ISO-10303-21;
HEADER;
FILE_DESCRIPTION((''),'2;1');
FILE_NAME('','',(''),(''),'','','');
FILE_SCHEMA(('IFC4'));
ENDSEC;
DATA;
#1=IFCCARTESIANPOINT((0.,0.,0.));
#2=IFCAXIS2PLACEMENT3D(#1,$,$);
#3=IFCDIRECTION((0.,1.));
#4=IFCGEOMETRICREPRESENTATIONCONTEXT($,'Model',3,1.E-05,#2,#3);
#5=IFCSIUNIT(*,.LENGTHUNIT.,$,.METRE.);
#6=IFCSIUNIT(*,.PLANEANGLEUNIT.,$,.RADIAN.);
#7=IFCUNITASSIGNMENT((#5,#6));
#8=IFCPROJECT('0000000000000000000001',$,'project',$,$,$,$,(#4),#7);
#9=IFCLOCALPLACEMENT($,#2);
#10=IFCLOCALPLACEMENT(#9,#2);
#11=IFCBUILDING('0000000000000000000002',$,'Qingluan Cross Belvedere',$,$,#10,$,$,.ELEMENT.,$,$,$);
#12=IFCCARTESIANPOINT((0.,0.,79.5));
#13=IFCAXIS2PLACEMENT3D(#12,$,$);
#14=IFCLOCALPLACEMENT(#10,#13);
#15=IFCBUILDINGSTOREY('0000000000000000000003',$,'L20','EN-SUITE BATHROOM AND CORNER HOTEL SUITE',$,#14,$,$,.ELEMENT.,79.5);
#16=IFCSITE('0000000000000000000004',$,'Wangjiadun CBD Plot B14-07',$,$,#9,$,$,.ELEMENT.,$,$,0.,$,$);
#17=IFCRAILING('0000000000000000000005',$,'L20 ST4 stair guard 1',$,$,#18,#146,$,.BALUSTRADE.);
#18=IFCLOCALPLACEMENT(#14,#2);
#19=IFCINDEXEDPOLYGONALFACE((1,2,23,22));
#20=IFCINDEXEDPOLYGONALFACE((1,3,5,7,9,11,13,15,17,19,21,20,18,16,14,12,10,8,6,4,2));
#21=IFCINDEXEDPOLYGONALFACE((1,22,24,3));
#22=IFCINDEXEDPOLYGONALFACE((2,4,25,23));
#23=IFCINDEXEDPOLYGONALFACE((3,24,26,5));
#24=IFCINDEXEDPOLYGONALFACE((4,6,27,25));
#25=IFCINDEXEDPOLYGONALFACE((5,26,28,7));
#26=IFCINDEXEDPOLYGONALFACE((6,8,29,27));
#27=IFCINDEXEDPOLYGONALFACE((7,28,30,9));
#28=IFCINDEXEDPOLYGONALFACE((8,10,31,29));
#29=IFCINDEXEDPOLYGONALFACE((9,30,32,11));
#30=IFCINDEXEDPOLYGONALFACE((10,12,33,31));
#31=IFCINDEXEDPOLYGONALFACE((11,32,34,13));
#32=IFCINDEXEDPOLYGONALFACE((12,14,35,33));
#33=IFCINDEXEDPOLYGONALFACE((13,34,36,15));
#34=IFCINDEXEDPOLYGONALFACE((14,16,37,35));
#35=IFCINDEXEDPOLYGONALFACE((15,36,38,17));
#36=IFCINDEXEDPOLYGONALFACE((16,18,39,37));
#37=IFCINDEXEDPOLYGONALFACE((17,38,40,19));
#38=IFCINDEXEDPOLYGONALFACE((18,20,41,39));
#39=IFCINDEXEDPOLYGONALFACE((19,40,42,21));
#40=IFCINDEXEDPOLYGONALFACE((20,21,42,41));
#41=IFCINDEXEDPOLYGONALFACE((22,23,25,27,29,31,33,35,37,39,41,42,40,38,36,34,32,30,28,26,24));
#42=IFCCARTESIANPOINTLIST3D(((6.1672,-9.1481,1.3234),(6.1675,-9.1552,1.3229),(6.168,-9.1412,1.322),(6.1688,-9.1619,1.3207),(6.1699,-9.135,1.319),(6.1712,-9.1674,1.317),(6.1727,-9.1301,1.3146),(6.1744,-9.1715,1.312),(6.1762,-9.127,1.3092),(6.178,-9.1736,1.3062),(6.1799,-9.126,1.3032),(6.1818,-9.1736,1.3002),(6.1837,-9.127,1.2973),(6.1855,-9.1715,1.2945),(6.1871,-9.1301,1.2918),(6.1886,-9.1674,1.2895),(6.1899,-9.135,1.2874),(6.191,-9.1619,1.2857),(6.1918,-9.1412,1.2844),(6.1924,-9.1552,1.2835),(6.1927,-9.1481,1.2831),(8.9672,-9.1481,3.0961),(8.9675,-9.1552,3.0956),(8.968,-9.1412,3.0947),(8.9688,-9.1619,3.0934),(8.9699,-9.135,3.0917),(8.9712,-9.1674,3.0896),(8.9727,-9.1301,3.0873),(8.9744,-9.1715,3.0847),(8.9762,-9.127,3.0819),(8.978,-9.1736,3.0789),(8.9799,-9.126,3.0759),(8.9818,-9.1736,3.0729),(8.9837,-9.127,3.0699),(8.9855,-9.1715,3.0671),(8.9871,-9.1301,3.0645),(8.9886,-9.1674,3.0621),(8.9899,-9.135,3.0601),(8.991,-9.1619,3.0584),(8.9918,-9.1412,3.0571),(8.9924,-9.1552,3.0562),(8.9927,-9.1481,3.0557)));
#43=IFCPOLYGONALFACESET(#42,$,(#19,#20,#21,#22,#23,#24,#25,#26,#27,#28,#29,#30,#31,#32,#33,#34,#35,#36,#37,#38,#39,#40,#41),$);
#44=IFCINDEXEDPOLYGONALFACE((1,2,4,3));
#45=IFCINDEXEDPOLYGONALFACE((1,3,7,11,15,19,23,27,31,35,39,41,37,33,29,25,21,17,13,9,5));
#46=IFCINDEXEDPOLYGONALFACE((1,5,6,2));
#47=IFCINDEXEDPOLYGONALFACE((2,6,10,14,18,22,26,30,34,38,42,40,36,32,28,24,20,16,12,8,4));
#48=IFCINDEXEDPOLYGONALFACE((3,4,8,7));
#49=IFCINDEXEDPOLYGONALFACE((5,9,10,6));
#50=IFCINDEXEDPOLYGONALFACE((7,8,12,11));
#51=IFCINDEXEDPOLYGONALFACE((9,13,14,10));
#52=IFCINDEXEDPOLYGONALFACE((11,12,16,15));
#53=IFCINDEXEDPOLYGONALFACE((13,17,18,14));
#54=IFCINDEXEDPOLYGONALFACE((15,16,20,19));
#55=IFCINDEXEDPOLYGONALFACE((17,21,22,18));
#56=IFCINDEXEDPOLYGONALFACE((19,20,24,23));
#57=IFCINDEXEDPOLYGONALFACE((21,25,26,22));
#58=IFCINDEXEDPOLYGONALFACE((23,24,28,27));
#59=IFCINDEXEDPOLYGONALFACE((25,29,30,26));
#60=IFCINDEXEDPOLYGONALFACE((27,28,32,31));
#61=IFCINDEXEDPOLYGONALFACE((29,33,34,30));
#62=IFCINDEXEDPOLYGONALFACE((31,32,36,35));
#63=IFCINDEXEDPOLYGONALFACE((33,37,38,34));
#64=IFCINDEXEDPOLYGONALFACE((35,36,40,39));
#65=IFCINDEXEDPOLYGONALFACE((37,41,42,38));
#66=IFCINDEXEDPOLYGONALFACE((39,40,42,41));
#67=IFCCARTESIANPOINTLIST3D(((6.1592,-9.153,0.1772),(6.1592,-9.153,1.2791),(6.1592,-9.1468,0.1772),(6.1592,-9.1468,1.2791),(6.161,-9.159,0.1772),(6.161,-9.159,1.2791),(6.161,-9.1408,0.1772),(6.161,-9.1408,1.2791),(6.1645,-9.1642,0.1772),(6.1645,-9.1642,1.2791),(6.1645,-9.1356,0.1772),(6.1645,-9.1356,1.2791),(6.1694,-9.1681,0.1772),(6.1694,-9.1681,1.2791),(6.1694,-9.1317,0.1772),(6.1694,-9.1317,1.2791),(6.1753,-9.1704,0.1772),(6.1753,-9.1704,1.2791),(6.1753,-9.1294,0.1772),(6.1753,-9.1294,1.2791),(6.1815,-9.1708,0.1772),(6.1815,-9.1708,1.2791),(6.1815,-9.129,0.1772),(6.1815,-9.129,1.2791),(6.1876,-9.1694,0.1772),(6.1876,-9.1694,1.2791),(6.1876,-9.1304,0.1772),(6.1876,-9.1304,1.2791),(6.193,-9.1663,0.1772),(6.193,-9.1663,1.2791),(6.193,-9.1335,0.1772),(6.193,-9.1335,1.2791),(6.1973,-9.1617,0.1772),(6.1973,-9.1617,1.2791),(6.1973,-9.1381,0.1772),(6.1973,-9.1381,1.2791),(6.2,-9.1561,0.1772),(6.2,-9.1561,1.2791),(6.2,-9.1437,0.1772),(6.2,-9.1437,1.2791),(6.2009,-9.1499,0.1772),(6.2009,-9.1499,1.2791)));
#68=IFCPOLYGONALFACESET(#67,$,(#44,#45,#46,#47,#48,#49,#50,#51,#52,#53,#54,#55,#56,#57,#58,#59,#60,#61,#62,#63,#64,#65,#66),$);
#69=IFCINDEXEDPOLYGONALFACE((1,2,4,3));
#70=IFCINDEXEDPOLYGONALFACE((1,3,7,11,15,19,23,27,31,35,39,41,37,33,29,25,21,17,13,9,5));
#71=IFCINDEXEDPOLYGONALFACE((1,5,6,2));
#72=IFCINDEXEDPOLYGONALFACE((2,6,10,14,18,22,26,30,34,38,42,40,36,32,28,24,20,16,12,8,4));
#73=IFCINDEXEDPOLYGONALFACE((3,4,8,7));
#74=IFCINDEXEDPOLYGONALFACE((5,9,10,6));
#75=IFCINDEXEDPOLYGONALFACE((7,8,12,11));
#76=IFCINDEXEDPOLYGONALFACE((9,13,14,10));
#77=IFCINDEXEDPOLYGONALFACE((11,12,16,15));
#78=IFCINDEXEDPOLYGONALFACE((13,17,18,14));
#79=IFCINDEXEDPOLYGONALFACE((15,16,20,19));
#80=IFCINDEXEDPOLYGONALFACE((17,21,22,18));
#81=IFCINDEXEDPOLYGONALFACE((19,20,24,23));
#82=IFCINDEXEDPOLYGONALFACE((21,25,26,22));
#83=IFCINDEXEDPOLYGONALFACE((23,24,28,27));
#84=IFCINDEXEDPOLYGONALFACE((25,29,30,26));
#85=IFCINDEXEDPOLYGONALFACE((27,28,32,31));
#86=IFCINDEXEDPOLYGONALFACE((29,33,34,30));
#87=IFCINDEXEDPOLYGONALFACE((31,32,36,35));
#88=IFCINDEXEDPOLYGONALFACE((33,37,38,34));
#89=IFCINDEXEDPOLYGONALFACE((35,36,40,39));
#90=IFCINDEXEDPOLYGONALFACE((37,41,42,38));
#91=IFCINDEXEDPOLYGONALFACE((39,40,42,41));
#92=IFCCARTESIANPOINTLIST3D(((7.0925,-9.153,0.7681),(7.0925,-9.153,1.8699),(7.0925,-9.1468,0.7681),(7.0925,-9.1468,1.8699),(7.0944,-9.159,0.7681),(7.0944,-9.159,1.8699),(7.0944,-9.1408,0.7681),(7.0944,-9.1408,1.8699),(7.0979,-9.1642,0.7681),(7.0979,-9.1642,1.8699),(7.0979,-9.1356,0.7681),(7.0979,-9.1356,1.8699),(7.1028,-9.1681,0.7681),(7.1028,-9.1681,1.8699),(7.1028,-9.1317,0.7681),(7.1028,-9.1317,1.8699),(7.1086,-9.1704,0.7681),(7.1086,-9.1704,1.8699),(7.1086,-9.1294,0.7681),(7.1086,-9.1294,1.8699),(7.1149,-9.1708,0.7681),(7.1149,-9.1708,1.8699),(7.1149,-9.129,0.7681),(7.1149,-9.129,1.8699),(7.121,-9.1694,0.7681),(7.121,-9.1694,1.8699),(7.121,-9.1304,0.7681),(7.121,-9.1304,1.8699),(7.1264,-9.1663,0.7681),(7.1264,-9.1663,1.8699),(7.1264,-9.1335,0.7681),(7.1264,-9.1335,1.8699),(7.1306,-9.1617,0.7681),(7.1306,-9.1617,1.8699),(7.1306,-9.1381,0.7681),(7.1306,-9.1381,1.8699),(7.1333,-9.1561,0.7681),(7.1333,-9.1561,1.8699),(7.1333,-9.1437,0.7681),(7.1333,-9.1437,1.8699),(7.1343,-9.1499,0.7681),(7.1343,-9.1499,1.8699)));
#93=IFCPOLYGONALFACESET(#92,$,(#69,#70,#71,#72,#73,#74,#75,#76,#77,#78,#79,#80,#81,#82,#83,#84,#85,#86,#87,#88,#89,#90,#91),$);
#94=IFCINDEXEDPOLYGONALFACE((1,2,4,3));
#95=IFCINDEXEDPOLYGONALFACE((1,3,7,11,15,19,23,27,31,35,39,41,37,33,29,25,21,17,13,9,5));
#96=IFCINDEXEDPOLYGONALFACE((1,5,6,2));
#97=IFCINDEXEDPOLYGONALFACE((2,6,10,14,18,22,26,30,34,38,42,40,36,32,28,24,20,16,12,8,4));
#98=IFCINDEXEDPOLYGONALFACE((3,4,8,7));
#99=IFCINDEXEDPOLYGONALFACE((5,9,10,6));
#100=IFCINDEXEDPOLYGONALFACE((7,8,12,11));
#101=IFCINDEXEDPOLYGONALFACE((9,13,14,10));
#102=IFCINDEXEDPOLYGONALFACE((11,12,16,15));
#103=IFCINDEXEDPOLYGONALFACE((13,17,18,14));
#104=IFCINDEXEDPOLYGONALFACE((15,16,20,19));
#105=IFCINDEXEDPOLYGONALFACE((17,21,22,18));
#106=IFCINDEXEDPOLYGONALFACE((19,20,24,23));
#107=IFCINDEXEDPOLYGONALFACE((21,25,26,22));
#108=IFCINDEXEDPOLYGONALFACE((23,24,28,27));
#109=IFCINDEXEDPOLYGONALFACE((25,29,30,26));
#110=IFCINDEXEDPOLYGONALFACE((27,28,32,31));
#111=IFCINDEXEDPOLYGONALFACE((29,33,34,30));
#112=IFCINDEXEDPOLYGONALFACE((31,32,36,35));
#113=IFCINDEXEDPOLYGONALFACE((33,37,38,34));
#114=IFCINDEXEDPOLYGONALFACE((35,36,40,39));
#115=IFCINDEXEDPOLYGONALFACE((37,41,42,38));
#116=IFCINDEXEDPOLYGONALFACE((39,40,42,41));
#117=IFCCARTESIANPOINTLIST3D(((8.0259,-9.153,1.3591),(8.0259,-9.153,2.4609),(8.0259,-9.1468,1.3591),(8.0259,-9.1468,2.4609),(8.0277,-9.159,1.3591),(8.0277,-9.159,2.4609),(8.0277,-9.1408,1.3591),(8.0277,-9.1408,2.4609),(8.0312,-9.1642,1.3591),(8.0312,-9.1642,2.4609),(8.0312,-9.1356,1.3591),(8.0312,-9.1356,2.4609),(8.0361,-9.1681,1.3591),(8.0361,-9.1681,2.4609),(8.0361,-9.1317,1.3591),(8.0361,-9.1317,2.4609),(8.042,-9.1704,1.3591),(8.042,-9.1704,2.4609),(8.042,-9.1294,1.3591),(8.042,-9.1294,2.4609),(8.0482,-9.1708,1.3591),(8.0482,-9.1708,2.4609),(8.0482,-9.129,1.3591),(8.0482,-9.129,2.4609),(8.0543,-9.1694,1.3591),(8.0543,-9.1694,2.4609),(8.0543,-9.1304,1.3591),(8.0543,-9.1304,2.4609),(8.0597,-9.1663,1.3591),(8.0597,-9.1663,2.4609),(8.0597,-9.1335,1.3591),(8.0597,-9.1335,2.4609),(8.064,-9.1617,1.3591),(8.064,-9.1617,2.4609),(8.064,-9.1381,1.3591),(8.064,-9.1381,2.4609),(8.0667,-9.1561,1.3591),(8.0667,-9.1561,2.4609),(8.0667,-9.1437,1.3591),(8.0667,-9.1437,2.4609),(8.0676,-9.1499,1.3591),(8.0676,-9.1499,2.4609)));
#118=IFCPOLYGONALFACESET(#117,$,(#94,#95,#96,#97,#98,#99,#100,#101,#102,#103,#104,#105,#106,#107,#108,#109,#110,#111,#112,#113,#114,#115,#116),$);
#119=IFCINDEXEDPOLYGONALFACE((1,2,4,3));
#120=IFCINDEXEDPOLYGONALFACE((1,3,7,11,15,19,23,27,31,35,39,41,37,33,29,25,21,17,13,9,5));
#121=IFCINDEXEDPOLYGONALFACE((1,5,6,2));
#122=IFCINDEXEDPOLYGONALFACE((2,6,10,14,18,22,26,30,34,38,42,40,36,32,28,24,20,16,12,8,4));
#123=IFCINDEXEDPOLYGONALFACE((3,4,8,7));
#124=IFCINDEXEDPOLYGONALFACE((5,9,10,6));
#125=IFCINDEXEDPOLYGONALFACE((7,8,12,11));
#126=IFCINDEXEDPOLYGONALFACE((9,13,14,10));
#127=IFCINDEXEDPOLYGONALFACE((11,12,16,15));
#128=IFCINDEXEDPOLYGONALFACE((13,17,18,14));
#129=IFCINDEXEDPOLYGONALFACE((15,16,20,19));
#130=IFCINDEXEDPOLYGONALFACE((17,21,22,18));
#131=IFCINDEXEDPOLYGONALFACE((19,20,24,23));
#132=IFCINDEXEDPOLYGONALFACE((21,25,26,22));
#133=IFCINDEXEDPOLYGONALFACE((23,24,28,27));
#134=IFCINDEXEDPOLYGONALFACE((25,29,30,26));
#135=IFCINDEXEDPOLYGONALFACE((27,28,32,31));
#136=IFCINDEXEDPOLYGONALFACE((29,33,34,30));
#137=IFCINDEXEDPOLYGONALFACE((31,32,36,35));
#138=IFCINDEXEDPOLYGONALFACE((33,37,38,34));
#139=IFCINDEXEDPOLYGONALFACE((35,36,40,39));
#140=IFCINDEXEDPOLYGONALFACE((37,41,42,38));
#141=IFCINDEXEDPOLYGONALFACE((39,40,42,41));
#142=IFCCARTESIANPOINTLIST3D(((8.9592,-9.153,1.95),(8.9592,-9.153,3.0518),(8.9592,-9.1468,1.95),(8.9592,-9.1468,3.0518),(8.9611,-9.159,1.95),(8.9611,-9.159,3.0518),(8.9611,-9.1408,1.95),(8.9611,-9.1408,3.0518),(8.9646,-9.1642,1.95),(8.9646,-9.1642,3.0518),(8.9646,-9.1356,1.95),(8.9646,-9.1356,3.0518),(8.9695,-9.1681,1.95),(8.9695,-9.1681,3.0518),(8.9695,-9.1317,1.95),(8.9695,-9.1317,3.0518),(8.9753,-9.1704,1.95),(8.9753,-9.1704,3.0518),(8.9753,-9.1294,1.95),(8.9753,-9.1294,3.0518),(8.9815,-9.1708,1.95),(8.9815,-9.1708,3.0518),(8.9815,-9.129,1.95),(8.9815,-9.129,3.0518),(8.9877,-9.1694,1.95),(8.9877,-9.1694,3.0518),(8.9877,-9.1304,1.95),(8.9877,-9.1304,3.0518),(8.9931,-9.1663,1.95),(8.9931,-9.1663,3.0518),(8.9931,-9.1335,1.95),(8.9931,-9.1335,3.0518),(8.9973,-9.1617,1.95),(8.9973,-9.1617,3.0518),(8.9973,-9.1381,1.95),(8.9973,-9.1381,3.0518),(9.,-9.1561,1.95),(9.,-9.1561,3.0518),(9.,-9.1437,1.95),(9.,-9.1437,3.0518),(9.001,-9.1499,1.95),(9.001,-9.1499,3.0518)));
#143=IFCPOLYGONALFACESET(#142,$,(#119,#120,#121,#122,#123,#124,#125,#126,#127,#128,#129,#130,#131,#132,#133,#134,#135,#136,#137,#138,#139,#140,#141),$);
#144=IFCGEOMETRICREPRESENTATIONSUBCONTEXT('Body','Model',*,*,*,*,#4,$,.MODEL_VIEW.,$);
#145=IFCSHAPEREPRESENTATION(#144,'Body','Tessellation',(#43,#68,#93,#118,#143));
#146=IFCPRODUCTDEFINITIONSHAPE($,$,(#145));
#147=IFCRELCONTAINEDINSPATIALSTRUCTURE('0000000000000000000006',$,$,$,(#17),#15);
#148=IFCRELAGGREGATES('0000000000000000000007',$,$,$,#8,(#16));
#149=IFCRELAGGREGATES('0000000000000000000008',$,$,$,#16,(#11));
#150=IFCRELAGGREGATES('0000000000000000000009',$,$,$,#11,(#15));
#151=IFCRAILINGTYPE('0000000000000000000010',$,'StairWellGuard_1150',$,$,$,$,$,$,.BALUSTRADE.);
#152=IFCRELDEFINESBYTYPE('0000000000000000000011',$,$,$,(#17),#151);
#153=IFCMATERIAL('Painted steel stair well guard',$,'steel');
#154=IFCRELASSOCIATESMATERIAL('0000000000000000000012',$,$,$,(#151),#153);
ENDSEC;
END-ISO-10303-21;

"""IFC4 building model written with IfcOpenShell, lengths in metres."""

from ifc_helpers import new_model, si_unit, direction, frame, origin, origin_2d, place, context, subcontext, project, spatial, circle, extrude, material, type_object, element, save


model = new_model("IFC4")

# Units and contexts
model_context = context("Model", 3, precision=1e-05, world=origin(), true_north=direction((0.0, 1.0)))
body_context = subcontext(model_context, "Body", "Model", "MODEL_VIEW")
ifc_project = project(units=[si_unit("LENGTHUNIT", "METRE"), si_unit("PLANEANGLEUNIT", "RADIAN")], contexts=[model_context])

# Site, building, storey
site_placement = place(None, origin())
site = spatial("IfcSite", under=ifc_project, at=site_placement, Name="Wangjiadun CBD Plot B14-07", CompositionType="ELEMENT", RefElevation=0.0)
building_placement = place(site_placement, origin())
building = spatial("IfcBuilding", under=site, at=building_placement, Name="Qingluan Cross Belvedere", CompositionType="ELEMENT")
storey_placement = place(building_placement, frame((0.0, 0.0, 79.5)))
storey = spatial("IfcBuildingStorey", under=building, at=storey_placement, Name="L20", Description="EN-SUITE BATHROOM AND CORNER HOTEL SUITE", CompositionType="ELEMENT", Elevation=79.5)

# Railing
ifc_material_1 = material(Name="Painted steel stair well guard", Category="steel")
railing_type_1 = type_object("IfcRailingType", Name="StairWellGuard_1150", PredefinedType="BALUSTRADE", material=ifc_material_1)
railing_1_placement = place(storey_placement, frame((6.1799, -9.1499, 0.1772)))
element("IfcRailing", 1, at=railing_1_placement, inside=storey, type_object=railing_type_1, Name="L20 ST4 stair guard 1", PredefinedType="BALUSTRADE", context=body_context, shape_type="SweptSolid", body=[
    extrude(circle(Radius=0.0239, at=origin_2d()), frame((0.0, 0.0, 1.126), z_axis=(0.844909, 0.0, 0.53491), x_axis=(0.0, 1.0, 0.0)), (0.0, 0.0, 1.0), 3.314),
    extrude(circle(Radius=0.021, at=origin_2d()), origin(), (0.0, 0.0, 1.0), 1.1018),
    extrude(circle(Radius=0.021, at=origin_2d()), frame((0.9333, 0.0, 0.5908)), (0.0, 0.0, 1.0), 1.1018),
    extrude(circle(Radius=0.021, at=origin_2d()), frame((1.8667, 0.0, 1.1819)), (0.0, 0.0, 1.0), 1.1018),
    extrude(circle(Radius=0.021, at=origin_2d()), frame((2.8, 0.0, 1.7727)), (0.0, 0.0, 1.0), 1.1018),
])

save(model, "model.ifc")
